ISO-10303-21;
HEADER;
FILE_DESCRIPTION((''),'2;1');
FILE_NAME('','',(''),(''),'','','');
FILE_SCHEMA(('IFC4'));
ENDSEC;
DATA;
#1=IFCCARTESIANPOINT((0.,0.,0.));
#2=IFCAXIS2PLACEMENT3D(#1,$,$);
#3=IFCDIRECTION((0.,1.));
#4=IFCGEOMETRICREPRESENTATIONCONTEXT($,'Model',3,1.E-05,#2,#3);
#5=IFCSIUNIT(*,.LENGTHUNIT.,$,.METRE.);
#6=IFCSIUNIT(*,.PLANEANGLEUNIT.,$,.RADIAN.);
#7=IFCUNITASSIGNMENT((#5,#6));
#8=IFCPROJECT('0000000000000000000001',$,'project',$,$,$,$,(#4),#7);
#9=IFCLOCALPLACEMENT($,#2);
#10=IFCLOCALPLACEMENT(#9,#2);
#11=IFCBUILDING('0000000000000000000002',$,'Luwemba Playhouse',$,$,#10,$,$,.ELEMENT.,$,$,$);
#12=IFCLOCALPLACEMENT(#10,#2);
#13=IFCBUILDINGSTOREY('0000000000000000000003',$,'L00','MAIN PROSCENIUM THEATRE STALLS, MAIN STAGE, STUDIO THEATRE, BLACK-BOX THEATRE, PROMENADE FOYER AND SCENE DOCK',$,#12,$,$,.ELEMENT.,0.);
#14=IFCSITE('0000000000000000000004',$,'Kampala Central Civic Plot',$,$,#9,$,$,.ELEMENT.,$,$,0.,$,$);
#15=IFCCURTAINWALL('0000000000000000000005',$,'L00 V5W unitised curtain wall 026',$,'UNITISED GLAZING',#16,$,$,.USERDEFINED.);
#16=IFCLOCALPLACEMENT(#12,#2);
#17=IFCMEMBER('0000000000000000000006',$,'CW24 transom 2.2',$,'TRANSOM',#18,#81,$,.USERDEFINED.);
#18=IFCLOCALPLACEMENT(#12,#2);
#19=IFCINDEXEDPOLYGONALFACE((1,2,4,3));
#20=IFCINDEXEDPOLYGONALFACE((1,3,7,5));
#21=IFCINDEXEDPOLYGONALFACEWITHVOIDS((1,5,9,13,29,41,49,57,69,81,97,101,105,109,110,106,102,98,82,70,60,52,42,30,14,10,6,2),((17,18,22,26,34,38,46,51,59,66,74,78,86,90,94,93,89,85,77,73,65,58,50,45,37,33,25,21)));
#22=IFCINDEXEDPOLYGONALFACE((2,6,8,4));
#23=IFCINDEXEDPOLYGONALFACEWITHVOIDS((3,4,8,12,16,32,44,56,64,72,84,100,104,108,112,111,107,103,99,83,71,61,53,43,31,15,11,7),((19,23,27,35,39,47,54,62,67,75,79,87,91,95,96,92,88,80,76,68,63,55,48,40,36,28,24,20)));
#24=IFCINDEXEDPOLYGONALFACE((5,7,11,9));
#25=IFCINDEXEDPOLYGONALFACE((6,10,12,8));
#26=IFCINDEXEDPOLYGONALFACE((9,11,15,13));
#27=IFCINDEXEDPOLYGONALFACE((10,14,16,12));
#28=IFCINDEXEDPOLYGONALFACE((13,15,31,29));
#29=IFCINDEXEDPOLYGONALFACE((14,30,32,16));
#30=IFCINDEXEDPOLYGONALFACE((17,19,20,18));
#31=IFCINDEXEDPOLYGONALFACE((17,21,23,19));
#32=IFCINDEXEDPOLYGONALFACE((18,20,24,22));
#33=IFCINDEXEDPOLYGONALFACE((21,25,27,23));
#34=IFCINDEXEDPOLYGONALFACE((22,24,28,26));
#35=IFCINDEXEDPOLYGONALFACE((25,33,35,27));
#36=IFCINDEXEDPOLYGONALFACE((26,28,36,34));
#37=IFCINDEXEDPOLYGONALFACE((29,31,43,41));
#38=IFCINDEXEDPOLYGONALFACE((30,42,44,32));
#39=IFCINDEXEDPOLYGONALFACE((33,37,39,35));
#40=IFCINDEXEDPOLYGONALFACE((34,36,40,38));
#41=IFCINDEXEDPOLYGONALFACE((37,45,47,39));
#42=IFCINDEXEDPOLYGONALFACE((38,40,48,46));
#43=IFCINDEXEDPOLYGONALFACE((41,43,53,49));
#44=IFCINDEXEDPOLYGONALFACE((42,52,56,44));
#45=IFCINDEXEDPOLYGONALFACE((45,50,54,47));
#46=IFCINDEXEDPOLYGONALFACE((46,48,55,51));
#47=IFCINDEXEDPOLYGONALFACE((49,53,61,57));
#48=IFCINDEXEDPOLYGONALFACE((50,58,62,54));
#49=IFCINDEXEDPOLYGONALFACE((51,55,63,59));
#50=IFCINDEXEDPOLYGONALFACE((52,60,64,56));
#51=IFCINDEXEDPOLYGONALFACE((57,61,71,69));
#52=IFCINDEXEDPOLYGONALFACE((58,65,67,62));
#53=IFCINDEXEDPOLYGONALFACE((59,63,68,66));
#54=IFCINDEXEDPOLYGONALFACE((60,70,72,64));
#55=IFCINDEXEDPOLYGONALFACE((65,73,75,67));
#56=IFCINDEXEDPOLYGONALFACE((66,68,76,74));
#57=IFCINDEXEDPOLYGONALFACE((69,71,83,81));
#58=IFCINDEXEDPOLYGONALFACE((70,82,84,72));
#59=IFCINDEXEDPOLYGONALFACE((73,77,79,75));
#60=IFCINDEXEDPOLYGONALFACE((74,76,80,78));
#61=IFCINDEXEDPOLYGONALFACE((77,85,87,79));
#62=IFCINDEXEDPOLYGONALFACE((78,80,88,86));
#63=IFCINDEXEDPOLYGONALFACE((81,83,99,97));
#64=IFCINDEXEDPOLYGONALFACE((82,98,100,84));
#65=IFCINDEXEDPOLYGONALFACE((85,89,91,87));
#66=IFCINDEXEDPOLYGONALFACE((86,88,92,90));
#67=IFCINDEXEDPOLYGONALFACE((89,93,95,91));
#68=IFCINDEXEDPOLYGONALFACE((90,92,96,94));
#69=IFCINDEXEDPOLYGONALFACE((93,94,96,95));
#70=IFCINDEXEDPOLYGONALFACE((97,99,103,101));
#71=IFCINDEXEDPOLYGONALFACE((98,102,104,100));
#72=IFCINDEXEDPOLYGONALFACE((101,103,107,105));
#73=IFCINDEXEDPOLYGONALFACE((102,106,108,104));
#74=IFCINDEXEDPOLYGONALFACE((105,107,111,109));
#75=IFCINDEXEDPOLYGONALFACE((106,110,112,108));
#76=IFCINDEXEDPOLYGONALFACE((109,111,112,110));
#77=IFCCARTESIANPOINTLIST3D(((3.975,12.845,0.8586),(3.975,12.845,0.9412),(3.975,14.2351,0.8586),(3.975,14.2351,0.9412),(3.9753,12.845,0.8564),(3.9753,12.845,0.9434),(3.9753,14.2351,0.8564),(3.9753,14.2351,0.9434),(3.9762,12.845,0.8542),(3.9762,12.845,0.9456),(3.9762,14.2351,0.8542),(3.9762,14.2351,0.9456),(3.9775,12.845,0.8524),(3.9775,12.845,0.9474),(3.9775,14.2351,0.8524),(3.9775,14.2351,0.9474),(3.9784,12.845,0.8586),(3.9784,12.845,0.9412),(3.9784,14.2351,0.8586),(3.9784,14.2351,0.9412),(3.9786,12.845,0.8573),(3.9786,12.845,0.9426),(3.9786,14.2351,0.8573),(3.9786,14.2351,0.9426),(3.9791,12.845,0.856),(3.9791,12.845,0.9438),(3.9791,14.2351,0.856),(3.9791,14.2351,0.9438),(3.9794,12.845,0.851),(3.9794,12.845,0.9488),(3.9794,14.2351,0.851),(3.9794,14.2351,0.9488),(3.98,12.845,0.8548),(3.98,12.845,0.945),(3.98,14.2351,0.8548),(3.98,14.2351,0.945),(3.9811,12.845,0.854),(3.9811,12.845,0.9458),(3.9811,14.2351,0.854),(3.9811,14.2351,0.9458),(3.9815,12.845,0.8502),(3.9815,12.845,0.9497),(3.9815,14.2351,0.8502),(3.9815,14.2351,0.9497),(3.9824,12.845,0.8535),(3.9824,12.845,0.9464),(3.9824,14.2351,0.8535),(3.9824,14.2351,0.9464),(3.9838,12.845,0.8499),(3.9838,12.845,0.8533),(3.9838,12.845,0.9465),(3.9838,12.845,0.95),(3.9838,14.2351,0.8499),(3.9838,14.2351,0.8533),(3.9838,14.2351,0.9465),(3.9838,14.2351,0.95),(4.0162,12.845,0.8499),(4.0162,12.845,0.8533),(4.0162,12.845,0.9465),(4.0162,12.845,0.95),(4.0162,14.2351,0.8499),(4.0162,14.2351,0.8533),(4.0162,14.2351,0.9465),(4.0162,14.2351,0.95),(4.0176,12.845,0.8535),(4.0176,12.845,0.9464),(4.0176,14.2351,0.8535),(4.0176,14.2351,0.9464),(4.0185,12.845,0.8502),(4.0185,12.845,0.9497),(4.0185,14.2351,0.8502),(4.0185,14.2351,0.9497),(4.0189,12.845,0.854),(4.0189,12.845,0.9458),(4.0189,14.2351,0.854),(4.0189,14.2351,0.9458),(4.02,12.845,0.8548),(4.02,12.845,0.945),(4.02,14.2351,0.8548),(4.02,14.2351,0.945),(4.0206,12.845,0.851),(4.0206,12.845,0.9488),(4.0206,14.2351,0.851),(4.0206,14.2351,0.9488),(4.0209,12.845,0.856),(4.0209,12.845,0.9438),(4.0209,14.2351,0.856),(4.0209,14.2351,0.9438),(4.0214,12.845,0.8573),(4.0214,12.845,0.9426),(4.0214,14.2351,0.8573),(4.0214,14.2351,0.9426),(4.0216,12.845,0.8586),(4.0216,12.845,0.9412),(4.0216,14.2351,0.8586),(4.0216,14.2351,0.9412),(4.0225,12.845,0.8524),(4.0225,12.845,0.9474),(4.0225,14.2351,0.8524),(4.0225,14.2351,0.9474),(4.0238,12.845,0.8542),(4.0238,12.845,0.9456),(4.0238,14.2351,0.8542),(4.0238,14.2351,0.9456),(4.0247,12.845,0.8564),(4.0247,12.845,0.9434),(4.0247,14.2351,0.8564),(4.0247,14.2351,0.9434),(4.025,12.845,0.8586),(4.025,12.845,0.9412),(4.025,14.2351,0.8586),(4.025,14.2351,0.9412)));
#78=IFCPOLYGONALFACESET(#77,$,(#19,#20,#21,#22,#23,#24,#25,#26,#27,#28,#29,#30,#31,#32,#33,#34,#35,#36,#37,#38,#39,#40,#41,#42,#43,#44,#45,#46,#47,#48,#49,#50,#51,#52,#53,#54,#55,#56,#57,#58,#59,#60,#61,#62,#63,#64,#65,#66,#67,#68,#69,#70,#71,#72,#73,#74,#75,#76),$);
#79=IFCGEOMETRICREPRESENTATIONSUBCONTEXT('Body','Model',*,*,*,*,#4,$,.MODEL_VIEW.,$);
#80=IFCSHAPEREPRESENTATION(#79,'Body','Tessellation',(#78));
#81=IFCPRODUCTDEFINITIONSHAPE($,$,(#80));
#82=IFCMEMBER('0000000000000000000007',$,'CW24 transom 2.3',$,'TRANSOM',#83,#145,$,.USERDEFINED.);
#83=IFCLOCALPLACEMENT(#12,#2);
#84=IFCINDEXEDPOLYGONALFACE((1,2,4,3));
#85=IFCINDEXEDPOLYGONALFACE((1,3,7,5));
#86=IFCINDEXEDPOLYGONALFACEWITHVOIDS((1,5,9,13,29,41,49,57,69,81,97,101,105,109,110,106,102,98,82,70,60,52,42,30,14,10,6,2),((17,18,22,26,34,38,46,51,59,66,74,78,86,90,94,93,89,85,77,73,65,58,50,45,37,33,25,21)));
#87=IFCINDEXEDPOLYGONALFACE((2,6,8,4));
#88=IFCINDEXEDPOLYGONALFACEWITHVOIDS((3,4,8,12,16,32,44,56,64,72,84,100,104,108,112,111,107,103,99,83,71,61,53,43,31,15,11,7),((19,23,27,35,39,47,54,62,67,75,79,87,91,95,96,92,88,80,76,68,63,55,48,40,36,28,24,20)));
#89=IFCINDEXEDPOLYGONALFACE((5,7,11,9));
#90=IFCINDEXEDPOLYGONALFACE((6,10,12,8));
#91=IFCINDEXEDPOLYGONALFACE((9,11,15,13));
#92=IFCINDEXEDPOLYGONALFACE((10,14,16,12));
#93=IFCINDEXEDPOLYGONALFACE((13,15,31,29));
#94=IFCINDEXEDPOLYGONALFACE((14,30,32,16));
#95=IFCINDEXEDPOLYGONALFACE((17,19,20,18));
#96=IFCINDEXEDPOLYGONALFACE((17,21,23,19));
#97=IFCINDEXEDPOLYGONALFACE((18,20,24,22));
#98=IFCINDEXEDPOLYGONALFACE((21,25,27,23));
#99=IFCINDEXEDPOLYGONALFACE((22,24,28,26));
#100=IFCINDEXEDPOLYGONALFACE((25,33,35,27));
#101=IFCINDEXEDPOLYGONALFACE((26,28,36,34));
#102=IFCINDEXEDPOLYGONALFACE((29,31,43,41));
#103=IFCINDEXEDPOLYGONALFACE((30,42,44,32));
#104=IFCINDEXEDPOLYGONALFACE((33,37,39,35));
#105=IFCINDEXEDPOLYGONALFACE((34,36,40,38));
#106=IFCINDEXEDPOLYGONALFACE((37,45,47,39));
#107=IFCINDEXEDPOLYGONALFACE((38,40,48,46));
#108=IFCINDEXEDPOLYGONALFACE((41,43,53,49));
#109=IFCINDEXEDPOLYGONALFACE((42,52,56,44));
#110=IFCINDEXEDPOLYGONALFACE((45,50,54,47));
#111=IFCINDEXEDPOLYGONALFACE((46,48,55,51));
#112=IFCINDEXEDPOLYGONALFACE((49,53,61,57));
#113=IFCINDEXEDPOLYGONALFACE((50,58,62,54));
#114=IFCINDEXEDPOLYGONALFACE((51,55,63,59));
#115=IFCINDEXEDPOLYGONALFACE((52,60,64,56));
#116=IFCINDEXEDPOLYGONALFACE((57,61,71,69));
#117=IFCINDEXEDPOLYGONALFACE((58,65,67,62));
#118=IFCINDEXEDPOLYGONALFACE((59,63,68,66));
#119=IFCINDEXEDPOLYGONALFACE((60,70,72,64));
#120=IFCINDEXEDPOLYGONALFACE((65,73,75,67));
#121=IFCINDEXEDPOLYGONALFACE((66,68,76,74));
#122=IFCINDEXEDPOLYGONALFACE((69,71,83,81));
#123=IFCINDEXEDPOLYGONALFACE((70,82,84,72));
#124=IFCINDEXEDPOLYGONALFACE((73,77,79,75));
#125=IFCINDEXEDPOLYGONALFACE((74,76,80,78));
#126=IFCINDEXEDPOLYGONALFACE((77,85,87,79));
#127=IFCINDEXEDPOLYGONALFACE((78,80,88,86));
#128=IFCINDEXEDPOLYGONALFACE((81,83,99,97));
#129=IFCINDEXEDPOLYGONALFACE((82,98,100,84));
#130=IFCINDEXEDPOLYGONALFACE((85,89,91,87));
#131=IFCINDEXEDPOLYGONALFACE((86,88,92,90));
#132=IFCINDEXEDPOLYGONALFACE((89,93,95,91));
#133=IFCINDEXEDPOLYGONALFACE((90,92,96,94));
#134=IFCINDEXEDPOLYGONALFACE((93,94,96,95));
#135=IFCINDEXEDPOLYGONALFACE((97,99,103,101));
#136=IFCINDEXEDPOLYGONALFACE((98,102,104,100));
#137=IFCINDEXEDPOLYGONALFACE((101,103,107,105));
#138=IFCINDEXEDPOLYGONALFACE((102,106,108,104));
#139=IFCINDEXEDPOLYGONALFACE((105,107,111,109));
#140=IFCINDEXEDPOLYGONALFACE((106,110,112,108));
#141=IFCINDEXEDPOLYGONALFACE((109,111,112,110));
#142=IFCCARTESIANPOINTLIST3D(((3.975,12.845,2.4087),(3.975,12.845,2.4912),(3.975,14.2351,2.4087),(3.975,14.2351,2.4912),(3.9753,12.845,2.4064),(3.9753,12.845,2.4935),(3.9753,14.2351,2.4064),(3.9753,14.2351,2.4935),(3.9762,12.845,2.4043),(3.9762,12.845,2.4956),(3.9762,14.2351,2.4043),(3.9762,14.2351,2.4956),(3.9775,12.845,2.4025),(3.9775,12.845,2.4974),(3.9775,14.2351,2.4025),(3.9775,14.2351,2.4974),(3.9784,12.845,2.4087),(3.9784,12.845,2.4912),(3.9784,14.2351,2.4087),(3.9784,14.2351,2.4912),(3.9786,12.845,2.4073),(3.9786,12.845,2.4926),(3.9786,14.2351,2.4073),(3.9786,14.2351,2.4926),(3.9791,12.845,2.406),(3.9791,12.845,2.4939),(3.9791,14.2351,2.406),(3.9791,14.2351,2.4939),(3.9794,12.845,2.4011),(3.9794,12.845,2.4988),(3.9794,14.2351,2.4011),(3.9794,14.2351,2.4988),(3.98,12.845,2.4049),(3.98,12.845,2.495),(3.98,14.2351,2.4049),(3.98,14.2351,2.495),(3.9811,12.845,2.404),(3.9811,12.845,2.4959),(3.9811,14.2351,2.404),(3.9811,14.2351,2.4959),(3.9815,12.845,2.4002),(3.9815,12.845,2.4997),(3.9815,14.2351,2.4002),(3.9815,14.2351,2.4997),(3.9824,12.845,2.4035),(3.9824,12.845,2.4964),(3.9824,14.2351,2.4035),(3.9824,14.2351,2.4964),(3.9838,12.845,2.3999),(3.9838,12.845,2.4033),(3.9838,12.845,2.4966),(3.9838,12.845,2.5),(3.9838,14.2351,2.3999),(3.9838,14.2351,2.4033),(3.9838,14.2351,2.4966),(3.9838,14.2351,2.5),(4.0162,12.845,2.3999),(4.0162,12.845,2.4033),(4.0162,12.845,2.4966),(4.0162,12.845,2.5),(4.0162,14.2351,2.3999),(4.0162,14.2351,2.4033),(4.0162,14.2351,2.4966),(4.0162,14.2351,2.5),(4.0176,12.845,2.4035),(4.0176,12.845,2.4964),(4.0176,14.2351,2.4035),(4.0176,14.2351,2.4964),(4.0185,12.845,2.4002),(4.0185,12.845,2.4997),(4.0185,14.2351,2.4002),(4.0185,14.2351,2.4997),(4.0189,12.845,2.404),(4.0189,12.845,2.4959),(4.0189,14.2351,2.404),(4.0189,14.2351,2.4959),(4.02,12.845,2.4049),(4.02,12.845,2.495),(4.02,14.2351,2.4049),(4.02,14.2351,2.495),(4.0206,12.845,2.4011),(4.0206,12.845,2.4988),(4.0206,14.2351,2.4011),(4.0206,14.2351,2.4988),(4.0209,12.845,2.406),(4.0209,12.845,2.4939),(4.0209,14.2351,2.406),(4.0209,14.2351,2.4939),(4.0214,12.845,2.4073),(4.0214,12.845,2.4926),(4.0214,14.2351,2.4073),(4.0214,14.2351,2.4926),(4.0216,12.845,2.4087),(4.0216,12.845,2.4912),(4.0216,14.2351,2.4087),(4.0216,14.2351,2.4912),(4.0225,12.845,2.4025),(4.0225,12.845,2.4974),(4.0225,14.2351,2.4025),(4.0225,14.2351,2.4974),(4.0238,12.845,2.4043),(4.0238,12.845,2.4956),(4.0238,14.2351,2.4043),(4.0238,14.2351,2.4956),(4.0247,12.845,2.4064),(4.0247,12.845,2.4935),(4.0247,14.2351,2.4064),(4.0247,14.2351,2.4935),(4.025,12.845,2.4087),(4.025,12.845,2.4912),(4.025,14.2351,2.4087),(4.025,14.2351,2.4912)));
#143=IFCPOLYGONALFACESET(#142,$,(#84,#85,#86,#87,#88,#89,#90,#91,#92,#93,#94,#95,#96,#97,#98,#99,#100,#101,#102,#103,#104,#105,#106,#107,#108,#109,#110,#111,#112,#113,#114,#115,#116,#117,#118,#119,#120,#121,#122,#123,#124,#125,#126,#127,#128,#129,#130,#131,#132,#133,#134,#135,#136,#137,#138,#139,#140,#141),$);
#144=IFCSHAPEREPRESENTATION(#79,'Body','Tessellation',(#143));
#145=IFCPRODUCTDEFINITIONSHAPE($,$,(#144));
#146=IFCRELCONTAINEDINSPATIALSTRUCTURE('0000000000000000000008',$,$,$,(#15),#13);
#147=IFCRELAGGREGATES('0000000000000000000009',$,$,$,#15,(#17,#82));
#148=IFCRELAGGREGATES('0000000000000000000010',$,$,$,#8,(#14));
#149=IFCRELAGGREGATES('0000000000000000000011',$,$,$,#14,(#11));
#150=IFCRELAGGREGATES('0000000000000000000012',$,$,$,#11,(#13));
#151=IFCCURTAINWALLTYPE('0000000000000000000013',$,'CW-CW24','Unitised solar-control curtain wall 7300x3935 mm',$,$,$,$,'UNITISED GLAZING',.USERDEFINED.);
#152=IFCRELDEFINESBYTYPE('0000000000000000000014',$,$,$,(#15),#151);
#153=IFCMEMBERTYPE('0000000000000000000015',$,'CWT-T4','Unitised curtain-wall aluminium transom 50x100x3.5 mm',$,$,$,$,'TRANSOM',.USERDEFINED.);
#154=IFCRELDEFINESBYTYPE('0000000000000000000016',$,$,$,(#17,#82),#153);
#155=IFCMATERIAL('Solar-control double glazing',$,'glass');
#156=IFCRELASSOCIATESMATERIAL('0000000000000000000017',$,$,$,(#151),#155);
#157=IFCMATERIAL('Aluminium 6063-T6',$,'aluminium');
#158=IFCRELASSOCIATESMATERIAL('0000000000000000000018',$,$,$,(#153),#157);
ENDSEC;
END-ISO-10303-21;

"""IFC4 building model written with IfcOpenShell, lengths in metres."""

from ifc_helpers import new_model, si_unit, direction, frame, origin, origin_2d, place, context, subcontext, project, spatial, hollow_rectangle, extrude, material, material_profile, profile_set, type_object, element, aggregate, save


model = new_model("IFC4")

# Units and contexts
model_context = context("Model", 3, precision=1e-05, world=origin(), true_north=direction((0.0, 1.0)))
body_context = subcontext(model_context, "Body", "Model", "MODEL_VIEW")
ifc_project = project(units=[si_unit("LENGTHUNIT", "METRE"), si_unit("PLANEANGLEUNIT", "RADIAN")], contexts=[model_context])

# Site, building, storey
site_placement = place(None, origin())
site = spatial("IfcSite", under=ifc_project, at=site_placement, Name="Kampala Central Civic Plot", CompositionType="ELEMENT", RefElevation=0.0)
building_placement = place(site_placement, origin())
building = spatial("IfcBuilding", under=site, at=building_placement, Name="Luwemba Playhouse", CompositionType="ELEMENT")
storey_placement = place(building_placement, origin())
storey = spatial("IfcBuildingStorey", under=building, at=storey_placement, Name="L00", Description="MAIN PROSCENIUM THEATRE STALLS, MAIN STAGE, STUDIO THEATRE, BLACK-BOX THEATRE, PROMENADE FOYER AND SCENE DOCK", CompositionType="ELEMENT", Elevation=0.0)

# Curtain wall
ifc_material_1 = material(Name="Solar-control double glazing", Category="glass")
ifc_material_2 = material(Name="Aluminium 6063-T6", Category="aluminium")
curtain_wall_type_1 = type_object("IfcCurtainWallType", Name="CW-CW24", Description="Unitised solar-control curtain wall 7300x3935 mm", ElementType="UNITISED GLAZING", PredefinedType="USERDEFINED", material=ifc_material_1)
curtain_wall_1_placement = place(storey_placement, origin())
curtain_wall_1 = element("IfcCurtainWall", 1, at=curtain_wall_1_placement, inside=storey, type_object=curtain_wall_type_1, Name="L00 V5W unitised curtain wall 026", ObjectType="UNITISED GLAZING", PredefinedType="USERDEFINED")

# Members
ifc_material_profile_1 = material_profile(ifc_material_2, hollow_rectangle(XDim=0.05, YDim=0.1001, WallThickness=0.0034, InnerFilletRadius=0.0054, OuterFilletRadius=0.0088, at=origin_2d()))
ifc_profile_set_1 = profile_set([ifc_material_profile_1], Name="Aluminium 6063-T6")
member_type_1 = type_object("IfcMemberType", Name="CWT-T4", Description="Unitised curtain-wall aluminium transom 50x100x3.5 mm", ElementType="TRANSOM", PredefinedType="USERDEFINED", material=ifc_profile_set_1)
member_1_placement = place(storey_placement, frame((4.0, 12.845, 0.8999), z_axis=(0.0, 1.0, 0.0), x_axis=(-1.0, 0.0, 0.0)))
member_1 = element("IfcMember", 2, at=member_1_placement, type_object=member_type_1, Name="CW24 transom 2.2", ObjectType="TRANSOM", PredefinedType="USERDEFINED", context=body_context, shape_type="SweptSolid", body=[
    extrude(hollow_rectangle(XDim=0.05, YDim=0.1001, WallThickness=0.0034, InnerFilletRadius=0.0054, OuterFilletRadius=0.0088, at=origin_2d()), origin(), (0.0, 0.0, 1.0), 1.3901),
])
member_2_placement = place(storey_placement, frame((4.0, 12.845, 2.45), z_axis=(0.0, 1.0, 0.0), x_axis=(-1.0, 0.0, 0.0)))
member_2 = element("IfcMember", 3, at=member_2_placement, type_object=member_type_1, Name="CW24 transom 2.3", ObjectType="TRANSOM", PredefinedType="USERDEFINED", context=body_context, shape_type="SweptSolid", body=[
    extrude(hollow_rectangle(XDim=0.05, YDim=0.1001, WallThickness=0.0034, InnerFilletRadius=0.0054, OuterFilletRadius=0.0088, at=origin_2d()), origin(), (0.0, 0.0, 1.0), 1.3901),
])

aggregate(curtain_wall_1, [member_1, member_2])

save(model, "model.ifc")
